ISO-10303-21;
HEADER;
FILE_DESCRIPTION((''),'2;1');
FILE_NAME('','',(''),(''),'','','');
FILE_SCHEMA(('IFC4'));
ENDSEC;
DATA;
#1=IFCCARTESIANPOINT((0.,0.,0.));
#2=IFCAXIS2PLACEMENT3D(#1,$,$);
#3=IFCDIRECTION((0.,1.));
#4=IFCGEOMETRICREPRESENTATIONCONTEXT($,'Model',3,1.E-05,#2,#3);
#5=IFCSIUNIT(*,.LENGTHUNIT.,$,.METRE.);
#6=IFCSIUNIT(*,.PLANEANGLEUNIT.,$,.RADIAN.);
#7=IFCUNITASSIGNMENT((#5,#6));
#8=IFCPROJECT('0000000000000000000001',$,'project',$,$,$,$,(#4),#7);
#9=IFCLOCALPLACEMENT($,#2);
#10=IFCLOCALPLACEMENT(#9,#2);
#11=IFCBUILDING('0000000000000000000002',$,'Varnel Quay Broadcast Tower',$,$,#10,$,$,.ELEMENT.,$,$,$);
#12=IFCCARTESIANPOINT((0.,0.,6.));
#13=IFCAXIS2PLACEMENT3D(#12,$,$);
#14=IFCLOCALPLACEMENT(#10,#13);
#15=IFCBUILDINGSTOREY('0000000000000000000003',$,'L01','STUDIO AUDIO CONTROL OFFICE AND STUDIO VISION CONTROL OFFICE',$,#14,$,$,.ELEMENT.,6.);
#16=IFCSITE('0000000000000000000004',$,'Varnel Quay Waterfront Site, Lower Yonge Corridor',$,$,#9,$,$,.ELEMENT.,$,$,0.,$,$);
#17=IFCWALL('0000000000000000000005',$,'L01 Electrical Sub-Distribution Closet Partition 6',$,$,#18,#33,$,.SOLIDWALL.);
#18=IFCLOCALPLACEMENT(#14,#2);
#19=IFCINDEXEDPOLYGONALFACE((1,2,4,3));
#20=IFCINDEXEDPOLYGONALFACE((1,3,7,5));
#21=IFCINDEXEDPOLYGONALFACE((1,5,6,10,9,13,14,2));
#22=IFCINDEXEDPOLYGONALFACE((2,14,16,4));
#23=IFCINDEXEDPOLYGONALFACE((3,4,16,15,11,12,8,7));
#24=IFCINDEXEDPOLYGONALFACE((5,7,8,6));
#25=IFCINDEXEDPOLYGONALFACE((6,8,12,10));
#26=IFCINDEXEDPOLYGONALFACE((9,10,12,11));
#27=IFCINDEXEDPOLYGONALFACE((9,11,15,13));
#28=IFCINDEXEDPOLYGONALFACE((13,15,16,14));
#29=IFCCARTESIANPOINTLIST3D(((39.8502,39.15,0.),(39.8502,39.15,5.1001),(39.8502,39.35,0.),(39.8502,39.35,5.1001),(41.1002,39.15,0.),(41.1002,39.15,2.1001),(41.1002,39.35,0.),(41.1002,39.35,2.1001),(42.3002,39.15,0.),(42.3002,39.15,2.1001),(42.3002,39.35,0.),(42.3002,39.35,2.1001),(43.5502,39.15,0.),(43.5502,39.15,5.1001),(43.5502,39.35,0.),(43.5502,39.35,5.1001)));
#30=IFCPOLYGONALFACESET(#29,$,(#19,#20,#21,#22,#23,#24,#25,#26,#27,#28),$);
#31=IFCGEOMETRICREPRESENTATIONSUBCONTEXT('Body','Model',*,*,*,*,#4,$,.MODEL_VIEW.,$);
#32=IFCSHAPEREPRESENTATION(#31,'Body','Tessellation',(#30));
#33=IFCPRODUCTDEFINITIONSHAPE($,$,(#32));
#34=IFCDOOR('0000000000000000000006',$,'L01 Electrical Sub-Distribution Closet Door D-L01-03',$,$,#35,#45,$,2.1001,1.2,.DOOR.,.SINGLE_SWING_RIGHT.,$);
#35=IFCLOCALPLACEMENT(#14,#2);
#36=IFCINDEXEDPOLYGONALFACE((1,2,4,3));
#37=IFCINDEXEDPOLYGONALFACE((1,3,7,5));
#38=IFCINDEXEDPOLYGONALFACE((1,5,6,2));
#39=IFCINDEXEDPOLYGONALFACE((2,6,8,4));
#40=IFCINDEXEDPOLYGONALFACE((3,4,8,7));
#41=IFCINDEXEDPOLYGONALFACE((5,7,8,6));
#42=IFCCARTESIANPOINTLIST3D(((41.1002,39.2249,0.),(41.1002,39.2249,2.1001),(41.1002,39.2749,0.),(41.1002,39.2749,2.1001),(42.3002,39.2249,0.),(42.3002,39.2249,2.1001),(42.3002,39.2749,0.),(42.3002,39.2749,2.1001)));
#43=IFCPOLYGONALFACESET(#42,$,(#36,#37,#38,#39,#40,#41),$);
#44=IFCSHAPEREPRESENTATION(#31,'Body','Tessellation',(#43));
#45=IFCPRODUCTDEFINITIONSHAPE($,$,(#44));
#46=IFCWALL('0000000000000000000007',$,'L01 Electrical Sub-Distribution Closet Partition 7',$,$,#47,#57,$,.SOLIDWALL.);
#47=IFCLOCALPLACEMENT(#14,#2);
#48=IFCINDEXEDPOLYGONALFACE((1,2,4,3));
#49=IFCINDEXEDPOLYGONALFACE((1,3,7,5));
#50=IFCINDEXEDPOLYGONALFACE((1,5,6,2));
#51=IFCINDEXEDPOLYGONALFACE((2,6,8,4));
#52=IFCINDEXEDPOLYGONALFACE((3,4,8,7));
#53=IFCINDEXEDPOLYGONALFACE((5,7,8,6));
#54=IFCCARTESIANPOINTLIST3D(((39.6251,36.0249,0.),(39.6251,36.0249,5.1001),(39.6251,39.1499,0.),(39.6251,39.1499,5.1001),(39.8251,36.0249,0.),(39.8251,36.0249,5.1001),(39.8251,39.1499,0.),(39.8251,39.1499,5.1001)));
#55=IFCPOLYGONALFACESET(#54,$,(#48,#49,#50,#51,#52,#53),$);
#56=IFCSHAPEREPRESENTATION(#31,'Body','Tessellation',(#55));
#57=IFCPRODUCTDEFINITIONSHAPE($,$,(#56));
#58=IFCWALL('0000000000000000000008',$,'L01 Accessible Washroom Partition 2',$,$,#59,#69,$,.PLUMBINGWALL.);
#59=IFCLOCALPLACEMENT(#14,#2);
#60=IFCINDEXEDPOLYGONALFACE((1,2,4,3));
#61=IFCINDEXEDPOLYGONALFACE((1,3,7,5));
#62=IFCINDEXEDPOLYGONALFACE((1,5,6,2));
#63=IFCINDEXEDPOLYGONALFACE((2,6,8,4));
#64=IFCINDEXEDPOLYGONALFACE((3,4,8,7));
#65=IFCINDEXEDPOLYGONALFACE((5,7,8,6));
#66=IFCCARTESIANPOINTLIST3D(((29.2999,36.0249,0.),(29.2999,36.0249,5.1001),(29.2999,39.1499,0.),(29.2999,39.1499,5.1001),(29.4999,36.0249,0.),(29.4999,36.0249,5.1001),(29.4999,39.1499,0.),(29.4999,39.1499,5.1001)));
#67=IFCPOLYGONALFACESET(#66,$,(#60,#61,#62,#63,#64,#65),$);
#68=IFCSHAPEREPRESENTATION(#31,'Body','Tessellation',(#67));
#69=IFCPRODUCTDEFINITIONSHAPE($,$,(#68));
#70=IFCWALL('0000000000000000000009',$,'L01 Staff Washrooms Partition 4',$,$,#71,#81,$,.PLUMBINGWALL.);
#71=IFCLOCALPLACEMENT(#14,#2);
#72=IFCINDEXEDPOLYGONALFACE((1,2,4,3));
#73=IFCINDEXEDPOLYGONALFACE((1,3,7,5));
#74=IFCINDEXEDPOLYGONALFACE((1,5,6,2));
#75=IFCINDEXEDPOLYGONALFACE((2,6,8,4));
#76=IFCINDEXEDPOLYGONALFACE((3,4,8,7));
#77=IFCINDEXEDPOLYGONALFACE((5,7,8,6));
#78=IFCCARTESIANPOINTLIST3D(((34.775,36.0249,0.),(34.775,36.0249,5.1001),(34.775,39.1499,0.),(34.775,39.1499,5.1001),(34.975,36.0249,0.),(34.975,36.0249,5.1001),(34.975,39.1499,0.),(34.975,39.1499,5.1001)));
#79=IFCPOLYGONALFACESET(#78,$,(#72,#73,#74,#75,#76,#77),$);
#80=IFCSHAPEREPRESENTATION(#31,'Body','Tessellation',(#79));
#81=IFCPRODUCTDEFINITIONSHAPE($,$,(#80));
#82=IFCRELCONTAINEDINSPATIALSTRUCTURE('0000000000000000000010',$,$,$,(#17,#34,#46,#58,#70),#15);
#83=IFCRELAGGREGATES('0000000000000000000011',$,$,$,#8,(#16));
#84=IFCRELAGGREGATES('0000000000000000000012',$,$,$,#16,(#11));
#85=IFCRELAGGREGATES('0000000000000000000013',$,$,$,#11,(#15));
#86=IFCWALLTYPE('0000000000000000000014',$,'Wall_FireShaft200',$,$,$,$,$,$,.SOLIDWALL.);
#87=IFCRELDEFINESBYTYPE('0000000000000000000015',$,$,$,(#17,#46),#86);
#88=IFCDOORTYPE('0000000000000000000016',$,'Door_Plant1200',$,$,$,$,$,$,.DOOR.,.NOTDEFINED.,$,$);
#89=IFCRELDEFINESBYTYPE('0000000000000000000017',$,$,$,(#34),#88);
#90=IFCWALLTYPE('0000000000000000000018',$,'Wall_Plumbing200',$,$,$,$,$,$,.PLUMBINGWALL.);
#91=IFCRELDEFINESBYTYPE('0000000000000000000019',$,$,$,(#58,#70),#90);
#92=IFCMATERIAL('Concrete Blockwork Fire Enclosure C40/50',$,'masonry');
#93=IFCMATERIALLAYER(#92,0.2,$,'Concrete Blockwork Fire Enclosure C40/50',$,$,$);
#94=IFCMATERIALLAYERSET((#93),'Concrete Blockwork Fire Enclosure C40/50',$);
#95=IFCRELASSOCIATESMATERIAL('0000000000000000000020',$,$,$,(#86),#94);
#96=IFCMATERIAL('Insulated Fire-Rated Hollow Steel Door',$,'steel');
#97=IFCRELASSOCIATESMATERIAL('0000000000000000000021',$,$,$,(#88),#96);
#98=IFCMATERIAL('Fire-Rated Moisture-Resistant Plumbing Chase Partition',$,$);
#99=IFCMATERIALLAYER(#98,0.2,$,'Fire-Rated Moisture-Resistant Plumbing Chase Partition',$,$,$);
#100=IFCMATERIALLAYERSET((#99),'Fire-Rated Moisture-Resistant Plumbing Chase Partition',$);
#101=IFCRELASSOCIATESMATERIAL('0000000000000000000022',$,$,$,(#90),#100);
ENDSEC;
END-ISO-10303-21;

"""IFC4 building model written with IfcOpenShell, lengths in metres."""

from ifc_helpers import new_model, si_unit, direction, frame, frame_2d, origin, place, context, subcontext, project, spatial, rectangle, extrude, source, transform, mapped, material, layer, layer_set, type_object, type_shapes, element, fill, save


model = new_model("IFC4")

# Units and contexts
model_context = context("Model", 3, precision=1e-05, world=origin(), true_north=direction((0.0, 1.0)))
body_context = subcontext(model_context, "Body", "Model", "MODEL_VIEW")
ifc_project = project(units=[si_unit("LENGTHUNIT", "METRE"), si_unit("PLANEANGLEUNIT", "RADIAN")], contexts=[model_context])

# Site, building, storey
site_placement = place(None, origin())
site = spatial("IfcSite", under=ifc_project, at=site_placement, Name="Varnel Quay Waterfront Site, Lower Yonge Corridor", CompositionType="ELEMENT", RefElevation=0.0)
building_placement = place(site_placement, origin())
building = spatial("IfcBuilding", under=site, at=building_placement, Name="Varnel Quay Broadcast Tower", CompositionType="ELEMENT")
storey_placement = place(building_placement, frame((0.0, 0.0, 6.0)))
storey = spatial("IfcBuildingStorey", under=building, at=storey_placement, Name="L01", Description="STUDIO AUDIO CONTROL OFFICE AND STUDIO VISION CONTROL OFFICE", CompositionType="ELEMENT", Elevation=6.0)

# Shared definitions
ifc_material_1 = material(Name="Insulated Fire-Rated Hollow Steel Door", Category="steel")

# Shared definitions
ifc_material_2 = material(Name="Concrete Blockwork Fire Enclosure C40/50", Category="masonry")
ifc_layer_1 = layer(ifc_material_2, 0.2, Name="Concrete Blockwork Fire Enclosure C40/50")
ifc_layer_set_1 = layer_set([ifc_layer_1], Name="Concrete Blockwork Fire Enclosure C40/50")
wall_type_1 = type_object("IfcWallType", Name="Wall_FireShaft200", PredefinedType="SOLIDWALL", material=ifc_layer_set_1)

# Wall, opening, door
wall_1_placement = place(storey_placement, frame((39.8501, 39.25, 0.0), z_axis=(0.0, 0.0, 1.0), x_axis=(1.0, 0.0, 0.0)))
wall_1 = element("IfcWall", 1, at=wall_1_placement, inside=storey, type_object=wall_type_1, Name="L01 Electrical Sub-Distribution Closet Partition 6", PredefinedType="SOLIDWALL", context=body_context, shape_type="SweptSolid", body=[
    extrude(rectangle(XDim=3.7, YDim=0.2, at=frame_2d((1.8501, 0.0))), origin(), (0.0, 0.0, 1.0), 5.1001),
])
opening_1_placement = place(wall_1_placement, frame((1.25, 0.0, 0.0)))
opening_1 = element("IfcOpeningElement", 2, at=opening_1_placement, cuts=wall_1, PredefinedType="OPENING", context=body_context, shape_type="SweptSolid", body=[
    extrude(rectangle(XDim=1.2, YDim=2.1001, at=frame_2d((0.6001, 1.05))), frame((0.0, 0.1099, 0.0), z_axis=(0.0, -1.0, 0.0), x_axis=(1.0, 0.0, 0.0)), (0.0, 0.0, 1.0), 0.22),
])
door_type_1 = type_object("IfcDoorType", Name="Door_Plant1200", OperationType="NOTDEFINED", PredefinedType="DOOR", material=ifc_material_1)
shared_shape_1 = source(origin(), body_context, "Body", "SweptSolid", [
    extrude(rectangle(XDim=1.2, YDim=2.1001, at=frame_2d((0.6001, 1.05))), frame((0.0, 0.0249, 0.0), z_axis=(0.0, -1.0, 0.0), x_axis=(1.0, 0.0, 0.0)), (0.0, 0.0, 1.0), 0.05),
])
type_shapes(door_type_1, [shared_shape_1])
door_1_placement = place(opening_1_placement, origin())
door_1 = element("IfcDoor", 3, at=door_1_placement, inside=storey, type_object=door_type_1, Name="L01 Electrical Sub-Distribution Closet Door D-L01-03", OperationType="SINGLE_SWING_RIGHT", OverallHeight=2.1001, OverallWidth=1.2, PredefinedType="DOOR", context=body_context, shape_type="MappedRepresentation", body=[
    mapped(shared_shape_1, transform((0.0, 0.0, 0.0), x_axis=(1.0, 0.0, 0.0), y_axis=(0.0, 1.0, 0.0), z_axis=(0.0, 0.0, 1.0), scale=1.0)),
])
fill(opening_1, door_1)

# Walls
wall_2_placement = place(storey_placement, frame((39.7251, 36.0249, 0.0), z_axis=(0.0, 0.0, 1.0), x_axis=(0.0, 1.0, 0.0)))
element("IfcWall", 4, at=wall_2_placement, inside=storey, type_object=wall_type_1, Name="L01 Electrical Sub-Distribution Closet Partition 7", PredefinedType="SOLIDWALL", context=body_context, shape_type="SweptSolid", body=[
    extrude(rectangle(XDim=3.125, YDim=0.2, at=frame_2d((1.5625, 0.0))), origin(), (0.0, 0.0, 1.0), 5.1001),
])
ifc_material_3 = material(Name="Fire-Rated Moisture-Resistant Plumbing Chase Partition")
ifc_layer_2 = layer(ifc_material_3, 0.2, Name="Fire-Rated Moisture-Resistant Plumbing Chase Partition")
ifc_layer_set_2 = layer_set([ifc_layer_2], Name="Fire-Rated Moisture-Resistant Plumbing Chase Partition")
wall_type_2 = type_object("IfcWallType", Name="Wall_Plumbing200", PredefinedType="PLUMBINGWALL", material=ifc_layer_set_2)
for number, where, z_axis, x_axis, name in (
    (5, (29.3999, 36.0249, 0.0), (0.0, 0.0, 1.0), (0.0, 1.0, 0.0), "L01 Accessible Washroom Partition 2"),
    (6, (34.875, 36.0249, 0.0), (0.0, 0.0, 1.0), (0.0, 1.0, 0.0), "L01 Staff Washrooms Partition 4"),
):
    element("IfcWall", number, at=place(storey_placement, frame(where, z_axis=z_axis, x_axis=x_axis)), inside=storey, type_object=wall_type_2, Name=name, PredefinedType="PLUMBINGWALL", context=body_context, shape_type="SweptSolid", body=[
        extrude(rectangle(XDim=3.125, YDim=0.2, at=frame_2d((1.5625, 0.0))), origin(), (0.0, 0.0, 1.0), 5.1001),
    ])

save(model, "model.ifc")
